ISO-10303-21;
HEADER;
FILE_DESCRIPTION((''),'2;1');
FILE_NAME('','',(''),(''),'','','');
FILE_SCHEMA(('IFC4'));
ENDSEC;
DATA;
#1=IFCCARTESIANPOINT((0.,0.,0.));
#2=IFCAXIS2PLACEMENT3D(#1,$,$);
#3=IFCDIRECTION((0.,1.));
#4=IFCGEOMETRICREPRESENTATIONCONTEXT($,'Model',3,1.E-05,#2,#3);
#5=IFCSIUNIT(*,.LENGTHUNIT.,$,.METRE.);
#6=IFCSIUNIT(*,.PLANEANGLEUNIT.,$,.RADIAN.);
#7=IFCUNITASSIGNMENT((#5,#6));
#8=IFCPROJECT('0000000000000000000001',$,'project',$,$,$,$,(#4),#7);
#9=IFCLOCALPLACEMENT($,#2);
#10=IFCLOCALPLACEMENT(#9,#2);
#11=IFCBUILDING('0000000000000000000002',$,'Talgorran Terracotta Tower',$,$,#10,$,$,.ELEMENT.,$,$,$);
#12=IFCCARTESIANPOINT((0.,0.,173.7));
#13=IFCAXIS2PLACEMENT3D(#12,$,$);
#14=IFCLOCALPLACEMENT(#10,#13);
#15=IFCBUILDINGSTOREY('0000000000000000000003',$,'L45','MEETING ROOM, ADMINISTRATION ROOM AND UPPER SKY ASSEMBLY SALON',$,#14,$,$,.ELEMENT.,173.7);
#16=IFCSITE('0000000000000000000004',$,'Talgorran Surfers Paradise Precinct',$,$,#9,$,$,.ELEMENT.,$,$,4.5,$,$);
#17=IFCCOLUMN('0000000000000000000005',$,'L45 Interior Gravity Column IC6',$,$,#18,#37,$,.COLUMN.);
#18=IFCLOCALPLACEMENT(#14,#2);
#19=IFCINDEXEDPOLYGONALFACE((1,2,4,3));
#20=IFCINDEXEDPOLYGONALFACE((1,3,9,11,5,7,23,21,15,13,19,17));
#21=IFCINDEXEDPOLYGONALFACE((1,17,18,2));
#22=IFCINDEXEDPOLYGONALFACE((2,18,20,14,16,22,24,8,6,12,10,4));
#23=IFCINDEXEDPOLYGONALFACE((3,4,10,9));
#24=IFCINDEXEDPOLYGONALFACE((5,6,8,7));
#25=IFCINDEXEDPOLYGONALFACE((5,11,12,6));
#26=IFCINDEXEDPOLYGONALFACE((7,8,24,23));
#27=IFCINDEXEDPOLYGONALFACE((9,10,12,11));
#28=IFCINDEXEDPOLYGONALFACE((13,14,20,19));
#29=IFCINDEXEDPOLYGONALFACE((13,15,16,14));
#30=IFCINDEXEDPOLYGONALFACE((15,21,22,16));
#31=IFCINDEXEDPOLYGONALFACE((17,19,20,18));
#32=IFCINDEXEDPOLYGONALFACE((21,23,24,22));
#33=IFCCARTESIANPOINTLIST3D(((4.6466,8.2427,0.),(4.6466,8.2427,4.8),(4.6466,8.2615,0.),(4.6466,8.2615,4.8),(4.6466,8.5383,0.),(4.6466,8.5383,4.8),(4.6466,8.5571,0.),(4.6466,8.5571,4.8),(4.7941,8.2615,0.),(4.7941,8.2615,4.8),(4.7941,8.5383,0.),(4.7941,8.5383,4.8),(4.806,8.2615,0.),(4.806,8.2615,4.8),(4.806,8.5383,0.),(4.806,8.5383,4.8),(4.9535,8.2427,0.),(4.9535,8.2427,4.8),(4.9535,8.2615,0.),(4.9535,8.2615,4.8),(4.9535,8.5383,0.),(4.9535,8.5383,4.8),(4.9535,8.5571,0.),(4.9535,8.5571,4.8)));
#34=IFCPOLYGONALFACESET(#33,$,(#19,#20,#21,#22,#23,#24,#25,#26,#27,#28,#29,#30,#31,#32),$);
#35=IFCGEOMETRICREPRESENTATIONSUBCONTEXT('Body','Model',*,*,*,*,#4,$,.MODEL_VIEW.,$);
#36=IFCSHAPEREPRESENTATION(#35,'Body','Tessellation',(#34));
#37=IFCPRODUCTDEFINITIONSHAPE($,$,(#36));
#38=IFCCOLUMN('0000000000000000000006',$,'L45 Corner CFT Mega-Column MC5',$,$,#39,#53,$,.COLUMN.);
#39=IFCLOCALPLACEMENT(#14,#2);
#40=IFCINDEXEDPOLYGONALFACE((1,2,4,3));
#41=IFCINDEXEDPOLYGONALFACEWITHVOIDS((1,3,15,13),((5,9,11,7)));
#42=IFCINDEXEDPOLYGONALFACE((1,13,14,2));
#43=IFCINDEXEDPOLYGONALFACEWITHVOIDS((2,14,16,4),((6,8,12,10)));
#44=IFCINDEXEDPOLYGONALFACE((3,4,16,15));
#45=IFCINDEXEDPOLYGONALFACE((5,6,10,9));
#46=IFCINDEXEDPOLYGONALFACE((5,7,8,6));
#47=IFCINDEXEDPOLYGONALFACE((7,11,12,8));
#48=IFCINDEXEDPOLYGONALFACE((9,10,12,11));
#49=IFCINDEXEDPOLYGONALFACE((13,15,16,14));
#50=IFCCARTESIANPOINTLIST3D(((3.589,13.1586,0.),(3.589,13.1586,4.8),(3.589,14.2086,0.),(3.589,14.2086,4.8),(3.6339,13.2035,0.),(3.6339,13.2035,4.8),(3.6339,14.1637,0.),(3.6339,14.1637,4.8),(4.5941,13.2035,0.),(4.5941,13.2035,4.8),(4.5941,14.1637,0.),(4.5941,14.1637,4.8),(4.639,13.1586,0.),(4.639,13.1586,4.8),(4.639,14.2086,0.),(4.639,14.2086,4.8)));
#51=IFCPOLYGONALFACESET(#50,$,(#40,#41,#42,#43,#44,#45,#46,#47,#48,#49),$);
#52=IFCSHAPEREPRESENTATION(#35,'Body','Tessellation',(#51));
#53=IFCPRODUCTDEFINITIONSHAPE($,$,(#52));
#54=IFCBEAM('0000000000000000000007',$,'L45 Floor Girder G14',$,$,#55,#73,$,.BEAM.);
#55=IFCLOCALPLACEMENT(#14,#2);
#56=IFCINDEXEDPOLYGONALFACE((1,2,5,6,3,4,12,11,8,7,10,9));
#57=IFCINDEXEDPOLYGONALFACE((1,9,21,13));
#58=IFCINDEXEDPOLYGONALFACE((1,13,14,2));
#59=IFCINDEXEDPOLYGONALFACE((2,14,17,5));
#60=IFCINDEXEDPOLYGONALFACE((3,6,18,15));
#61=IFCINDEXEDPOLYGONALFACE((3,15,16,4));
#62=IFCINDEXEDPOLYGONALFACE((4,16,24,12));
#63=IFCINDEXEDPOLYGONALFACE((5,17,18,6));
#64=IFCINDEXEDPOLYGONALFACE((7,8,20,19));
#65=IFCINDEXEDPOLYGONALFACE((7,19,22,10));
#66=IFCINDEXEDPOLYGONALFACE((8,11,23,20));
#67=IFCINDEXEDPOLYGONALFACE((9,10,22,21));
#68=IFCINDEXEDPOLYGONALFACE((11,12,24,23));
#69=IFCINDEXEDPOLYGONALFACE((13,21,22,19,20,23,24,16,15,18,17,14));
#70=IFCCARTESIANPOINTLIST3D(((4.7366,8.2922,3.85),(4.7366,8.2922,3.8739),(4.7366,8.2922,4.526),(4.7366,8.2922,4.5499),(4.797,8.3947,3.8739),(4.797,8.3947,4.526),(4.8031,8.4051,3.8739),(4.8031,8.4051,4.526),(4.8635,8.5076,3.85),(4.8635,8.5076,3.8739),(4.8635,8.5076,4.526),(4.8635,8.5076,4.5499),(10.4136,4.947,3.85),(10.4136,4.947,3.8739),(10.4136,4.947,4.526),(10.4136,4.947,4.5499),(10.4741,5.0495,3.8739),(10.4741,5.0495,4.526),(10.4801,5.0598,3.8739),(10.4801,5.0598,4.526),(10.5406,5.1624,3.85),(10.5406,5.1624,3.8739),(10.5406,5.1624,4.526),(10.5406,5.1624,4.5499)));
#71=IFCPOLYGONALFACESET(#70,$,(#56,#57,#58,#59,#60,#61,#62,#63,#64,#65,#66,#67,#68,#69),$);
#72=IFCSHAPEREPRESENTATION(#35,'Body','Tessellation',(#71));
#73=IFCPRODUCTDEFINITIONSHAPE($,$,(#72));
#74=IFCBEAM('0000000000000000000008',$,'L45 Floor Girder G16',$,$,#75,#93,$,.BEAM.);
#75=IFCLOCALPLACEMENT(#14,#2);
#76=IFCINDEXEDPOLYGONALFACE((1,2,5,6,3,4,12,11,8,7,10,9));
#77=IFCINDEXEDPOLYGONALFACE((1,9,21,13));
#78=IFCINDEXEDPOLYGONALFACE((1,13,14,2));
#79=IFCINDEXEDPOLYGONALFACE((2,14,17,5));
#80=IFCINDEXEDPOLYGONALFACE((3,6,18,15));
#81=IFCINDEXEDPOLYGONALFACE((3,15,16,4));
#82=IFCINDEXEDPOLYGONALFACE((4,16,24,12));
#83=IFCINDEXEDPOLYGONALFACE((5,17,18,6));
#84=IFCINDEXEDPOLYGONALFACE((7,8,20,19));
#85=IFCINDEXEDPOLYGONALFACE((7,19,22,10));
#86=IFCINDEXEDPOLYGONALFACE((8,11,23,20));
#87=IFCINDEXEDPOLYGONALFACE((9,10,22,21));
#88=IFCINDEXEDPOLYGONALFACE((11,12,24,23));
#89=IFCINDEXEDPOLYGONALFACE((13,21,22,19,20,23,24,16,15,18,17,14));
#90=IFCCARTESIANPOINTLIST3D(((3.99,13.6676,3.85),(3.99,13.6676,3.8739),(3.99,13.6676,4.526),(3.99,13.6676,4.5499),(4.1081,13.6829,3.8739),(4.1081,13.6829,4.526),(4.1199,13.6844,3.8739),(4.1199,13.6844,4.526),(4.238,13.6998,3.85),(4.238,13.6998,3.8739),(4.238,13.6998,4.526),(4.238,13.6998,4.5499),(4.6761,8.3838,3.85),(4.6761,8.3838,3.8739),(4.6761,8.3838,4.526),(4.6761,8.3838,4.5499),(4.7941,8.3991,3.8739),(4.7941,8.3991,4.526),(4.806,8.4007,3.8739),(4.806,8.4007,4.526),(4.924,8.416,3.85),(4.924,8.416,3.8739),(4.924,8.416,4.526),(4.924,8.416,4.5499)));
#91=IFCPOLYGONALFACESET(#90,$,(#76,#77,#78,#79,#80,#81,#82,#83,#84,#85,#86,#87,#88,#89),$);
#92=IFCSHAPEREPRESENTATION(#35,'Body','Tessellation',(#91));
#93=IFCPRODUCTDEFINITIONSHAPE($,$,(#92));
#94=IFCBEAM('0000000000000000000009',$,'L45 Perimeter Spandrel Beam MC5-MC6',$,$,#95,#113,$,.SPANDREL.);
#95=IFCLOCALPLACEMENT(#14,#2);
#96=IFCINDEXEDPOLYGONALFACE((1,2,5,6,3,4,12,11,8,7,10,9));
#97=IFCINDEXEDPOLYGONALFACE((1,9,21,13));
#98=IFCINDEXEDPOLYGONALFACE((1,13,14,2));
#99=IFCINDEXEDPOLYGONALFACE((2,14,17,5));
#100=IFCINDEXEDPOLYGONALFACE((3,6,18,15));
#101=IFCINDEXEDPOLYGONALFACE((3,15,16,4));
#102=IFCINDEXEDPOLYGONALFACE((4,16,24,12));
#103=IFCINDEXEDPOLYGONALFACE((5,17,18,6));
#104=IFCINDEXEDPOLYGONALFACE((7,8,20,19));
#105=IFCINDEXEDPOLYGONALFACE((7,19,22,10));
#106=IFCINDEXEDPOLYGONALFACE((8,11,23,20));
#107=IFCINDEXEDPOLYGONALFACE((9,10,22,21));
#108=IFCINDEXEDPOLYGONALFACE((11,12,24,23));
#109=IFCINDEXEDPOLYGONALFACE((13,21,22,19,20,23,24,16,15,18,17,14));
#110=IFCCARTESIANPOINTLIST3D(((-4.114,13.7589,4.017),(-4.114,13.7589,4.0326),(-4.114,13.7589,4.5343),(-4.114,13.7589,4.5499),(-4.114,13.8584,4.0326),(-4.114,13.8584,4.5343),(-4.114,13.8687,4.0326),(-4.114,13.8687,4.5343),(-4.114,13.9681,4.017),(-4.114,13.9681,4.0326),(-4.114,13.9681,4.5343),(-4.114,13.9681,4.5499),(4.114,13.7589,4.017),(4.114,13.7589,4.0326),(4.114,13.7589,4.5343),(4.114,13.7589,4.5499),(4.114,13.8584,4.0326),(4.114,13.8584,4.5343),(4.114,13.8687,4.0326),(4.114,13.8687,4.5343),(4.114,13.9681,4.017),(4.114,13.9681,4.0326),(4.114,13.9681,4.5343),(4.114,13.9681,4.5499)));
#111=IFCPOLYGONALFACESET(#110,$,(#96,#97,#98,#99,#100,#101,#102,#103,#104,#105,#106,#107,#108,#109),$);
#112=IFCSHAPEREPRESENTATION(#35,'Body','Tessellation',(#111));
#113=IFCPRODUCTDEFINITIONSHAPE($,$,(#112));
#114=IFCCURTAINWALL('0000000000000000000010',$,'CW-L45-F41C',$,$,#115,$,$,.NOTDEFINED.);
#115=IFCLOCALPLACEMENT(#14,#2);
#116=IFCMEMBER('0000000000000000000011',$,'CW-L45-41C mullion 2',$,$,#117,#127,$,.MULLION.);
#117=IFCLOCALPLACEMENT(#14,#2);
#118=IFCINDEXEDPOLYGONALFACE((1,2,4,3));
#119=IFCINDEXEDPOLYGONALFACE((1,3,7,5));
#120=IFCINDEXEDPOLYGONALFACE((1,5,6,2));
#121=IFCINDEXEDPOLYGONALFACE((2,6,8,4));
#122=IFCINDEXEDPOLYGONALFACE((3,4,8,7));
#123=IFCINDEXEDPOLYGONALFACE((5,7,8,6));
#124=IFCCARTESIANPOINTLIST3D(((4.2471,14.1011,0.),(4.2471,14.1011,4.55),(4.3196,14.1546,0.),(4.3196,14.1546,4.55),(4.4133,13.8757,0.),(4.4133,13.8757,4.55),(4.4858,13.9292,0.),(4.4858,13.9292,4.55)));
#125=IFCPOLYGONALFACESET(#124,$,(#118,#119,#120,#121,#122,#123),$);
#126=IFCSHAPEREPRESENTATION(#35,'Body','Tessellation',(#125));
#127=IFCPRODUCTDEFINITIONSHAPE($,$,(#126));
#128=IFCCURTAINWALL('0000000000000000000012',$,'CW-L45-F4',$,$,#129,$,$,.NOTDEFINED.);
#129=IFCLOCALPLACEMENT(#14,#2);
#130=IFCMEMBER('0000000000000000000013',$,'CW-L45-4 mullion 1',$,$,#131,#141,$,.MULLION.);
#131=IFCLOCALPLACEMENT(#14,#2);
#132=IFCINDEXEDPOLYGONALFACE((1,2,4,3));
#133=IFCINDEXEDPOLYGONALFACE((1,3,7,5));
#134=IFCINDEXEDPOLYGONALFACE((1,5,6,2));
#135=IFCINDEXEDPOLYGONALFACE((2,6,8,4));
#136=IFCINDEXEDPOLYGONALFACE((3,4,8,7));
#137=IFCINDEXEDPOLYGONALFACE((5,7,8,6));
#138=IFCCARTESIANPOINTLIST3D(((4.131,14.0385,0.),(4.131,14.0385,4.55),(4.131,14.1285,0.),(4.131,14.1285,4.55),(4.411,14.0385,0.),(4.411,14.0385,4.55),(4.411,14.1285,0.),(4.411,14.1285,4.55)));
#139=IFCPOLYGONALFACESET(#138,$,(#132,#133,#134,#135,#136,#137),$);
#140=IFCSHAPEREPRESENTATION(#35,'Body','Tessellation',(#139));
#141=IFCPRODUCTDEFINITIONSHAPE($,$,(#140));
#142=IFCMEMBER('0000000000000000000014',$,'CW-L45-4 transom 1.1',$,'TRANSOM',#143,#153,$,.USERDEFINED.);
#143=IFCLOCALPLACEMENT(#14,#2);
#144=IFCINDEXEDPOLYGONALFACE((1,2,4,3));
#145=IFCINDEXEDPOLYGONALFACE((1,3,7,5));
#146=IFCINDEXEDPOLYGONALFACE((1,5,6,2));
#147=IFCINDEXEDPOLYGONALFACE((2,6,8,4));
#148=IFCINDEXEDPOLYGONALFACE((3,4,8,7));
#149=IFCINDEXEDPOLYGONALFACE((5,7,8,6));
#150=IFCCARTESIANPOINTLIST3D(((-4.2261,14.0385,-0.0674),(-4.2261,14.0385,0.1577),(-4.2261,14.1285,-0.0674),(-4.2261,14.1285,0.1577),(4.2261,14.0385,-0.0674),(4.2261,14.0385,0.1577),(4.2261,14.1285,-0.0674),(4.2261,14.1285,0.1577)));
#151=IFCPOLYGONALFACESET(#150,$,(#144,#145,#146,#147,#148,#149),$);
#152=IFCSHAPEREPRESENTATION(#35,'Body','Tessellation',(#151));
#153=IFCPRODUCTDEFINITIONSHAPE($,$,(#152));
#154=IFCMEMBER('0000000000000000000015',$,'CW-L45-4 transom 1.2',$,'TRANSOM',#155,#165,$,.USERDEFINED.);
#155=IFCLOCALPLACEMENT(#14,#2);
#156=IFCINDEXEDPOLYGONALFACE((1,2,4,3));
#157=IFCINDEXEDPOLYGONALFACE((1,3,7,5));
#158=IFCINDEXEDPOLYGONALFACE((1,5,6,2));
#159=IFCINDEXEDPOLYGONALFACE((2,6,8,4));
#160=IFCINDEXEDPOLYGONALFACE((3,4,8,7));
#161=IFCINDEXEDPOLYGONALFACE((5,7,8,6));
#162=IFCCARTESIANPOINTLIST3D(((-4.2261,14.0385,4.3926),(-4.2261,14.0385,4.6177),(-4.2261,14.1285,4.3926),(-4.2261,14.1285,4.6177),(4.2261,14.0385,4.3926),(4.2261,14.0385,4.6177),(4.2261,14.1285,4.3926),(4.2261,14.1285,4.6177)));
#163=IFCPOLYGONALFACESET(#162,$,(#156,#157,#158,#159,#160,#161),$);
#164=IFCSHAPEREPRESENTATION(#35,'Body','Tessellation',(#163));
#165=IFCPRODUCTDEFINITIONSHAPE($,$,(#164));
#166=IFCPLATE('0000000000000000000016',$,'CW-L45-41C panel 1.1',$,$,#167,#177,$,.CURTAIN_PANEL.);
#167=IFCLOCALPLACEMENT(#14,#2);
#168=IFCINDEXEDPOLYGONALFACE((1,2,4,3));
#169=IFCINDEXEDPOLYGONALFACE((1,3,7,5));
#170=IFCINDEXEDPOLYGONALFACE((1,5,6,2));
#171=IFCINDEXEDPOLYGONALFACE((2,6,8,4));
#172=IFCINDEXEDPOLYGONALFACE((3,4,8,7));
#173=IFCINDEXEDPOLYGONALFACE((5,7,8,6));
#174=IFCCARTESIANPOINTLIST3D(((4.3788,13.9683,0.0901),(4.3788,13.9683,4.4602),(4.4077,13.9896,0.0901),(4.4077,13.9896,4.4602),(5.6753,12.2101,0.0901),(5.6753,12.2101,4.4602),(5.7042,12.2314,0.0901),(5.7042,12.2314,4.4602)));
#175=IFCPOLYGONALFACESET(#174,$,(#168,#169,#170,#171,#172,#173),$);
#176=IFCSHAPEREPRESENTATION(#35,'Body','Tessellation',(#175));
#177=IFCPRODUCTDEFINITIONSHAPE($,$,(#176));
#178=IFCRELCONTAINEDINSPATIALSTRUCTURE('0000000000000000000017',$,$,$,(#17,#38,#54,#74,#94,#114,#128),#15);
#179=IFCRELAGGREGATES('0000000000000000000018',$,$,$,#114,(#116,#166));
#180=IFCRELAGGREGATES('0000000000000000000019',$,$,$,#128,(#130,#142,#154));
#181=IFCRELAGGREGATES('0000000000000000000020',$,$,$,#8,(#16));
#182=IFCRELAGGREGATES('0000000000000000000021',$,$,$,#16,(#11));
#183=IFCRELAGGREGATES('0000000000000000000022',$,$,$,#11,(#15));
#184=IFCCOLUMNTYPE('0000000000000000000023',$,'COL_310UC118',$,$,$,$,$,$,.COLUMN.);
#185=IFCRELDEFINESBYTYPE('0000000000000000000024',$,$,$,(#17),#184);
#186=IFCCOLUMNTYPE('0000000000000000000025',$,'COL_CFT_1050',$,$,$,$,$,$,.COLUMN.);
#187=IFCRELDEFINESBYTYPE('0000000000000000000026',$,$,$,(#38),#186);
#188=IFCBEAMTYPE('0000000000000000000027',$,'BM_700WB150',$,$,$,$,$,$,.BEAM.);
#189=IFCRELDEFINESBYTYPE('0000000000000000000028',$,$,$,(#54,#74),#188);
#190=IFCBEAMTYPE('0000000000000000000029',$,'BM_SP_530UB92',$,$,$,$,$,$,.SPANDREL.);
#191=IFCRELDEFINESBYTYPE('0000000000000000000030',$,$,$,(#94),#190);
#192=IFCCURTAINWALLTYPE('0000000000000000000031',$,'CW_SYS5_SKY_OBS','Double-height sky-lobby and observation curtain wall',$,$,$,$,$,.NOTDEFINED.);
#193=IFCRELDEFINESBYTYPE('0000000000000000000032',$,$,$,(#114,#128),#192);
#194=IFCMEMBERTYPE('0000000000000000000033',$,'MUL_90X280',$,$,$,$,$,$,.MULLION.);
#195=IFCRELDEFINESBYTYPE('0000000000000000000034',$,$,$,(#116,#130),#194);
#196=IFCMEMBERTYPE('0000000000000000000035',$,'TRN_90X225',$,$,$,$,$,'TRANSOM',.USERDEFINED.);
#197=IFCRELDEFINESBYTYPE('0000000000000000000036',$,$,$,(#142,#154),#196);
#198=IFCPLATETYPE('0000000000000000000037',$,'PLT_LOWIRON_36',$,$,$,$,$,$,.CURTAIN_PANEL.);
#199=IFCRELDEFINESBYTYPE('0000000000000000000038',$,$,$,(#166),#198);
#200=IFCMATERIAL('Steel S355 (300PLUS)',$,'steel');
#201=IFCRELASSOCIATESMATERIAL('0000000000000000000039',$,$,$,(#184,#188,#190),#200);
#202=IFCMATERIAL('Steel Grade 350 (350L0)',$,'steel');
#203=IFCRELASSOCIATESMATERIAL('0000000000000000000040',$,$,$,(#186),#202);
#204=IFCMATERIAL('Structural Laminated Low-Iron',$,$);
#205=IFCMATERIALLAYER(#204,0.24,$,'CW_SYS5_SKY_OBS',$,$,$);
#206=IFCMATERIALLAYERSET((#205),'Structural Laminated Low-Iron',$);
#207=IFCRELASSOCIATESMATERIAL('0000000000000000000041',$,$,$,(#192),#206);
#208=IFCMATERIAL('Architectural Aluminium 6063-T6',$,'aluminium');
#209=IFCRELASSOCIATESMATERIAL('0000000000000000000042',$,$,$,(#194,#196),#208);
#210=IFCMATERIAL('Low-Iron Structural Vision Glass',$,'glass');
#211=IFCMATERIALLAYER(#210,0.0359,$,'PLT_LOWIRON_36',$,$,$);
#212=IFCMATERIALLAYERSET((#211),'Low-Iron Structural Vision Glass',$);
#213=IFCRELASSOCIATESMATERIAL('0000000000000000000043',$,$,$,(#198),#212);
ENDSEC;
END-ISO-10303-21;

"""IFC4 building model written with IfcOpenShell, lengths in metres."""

from ifc_helpers import new_model, si_unit, direction, frame, origin, origin_2d, place, context, subcontext, project, spatial, rectangle, hollow_rectangle, i_section, extrude, source, transform, mapped, material, layer, layer_set, material_profile, profile_set, type_object, element, aggregate, save


model = new_model("IFC4")

# Units and contexts
model_context = context("Model", 3, precision=1e-05, world=origin(), true_north=direction((0.0, 1.0)))
body_context = subcontext(model_context, "Body", "Model", "MODEL_VIEW")
ifc_project = project(units=[si_unit("LENGTHUNIT", "METRE"), si_unit("PLANEANGLEUNIT", "RADIAN")], contexts=[model_context])

# Site, building, storey
site_placement = place(None, origin())
site = spatial("IfcSite", under=ifc_project, at=site_placement, Name="Talgorran Surfers Paradise Precinct", CompositionType="ELEMENT", RefElevation=4.5)
building_placement = place(site_placement, origin())
building = spatial("IfcBuilding", under=site, at=building_placement, Name="Talgorran Terracotta Tower", CompositionType="ELEMENT")
storey_placement = place(building_placement, frame((0.0, 0.0, 173.7)))
storey = spatial("IfcBuildingStorey", under=building, at=storey_placement, Name="L45", Description="MEETING ROOM, ADMINISTRATION ROOM AND UPPER SKY ASSEMBLY SALON", CompositionType="ELEMENT", Elevation=173.7)

# Columns
ifc_material_1 = material(Name="Steel S355 (300PLUS)", Category="steel")
ifc_material_profile_1 = material_profile(ifc_material_1, i_section(OverallWidth=0.3069, OverallDepth=0.3145, WebThickness=0.012, FlangeThickness=0.0188, at=origin_2d()), Name="310UC118")
ifc_profile_set_1 = profile_set([ifc_material_profile_1], Name="Steel S355 (300PLUS)")
column_type_1 = type_object("IfcColumnType", Name="COL_310UC118", PredefinedType="COLUMN", material=ifc_profile_set_1)
column_1_placement = place(storey_placement, frame((4.8, 8.3999, 0.0), z_axis=(0.0, 0.0, 1.0), x_axis=(1.0, 0.0, 0.0)))
element("IfcColumn", 1, at=column_1_placement, inside=storey, type_object=column_type_1, Name="L45 Interior Gravity Column IC6", PredefinedType="COLUMN", context=body_context, shape_type="SweptSolid", body=[
    extrude(i_section(OverallWidth=0.3069, OverallDepth=0.3145, WebThickness=0.012, FlangeThickness=0.0188, at=origin_2d()), origin(), (0.0, 0.0, 1.0), 4.8),
])
ifc_material_2 = material(Name="Steel Grade 350 (350L0)", Category="steel")
ifc_material_profile_2 = material_profile(ifc_material_2, hollow_rectangle(XDim=1.05, YDim=1.05, WallThickness=0.0449, at=origin_2d()), Name="CFT1050X1050X45")
ifc_profile_set_2 = profile_set([ifc_material_profile_2], Name="Steel Grade 350 (350L0)")
column_type_2 = type_object("IfcColumnType", Name="COL_CFT_1050", PredefinedType="COLUMN", material=ifc_profile_set_2)
column_2_placement = place(storey_placement, frame((4.114, 13.6836, 0.0), z_axis=(0.0, 0.0, 1.0), x_axis=(1.0, 0.0, 0.0)))
element("IfcColumn", 2, at=column_2_placement, inside=storey, type_object=column_type_2, Name="L45 Corner CFT Mega-Column MC5", PredefinedType="COLUMN", context=body_context, shape_type="SweptSolid", body=[
    extrude(hollow_rectangle(XDim=1.05, YDim=1.05, WallThickness=0.0449, at=origin_2d()), origin(), (0.0, 0.0, 1.0), 4.8),
])

# Beams
ifc_material_profile_3 = material_profile(ifc_material_1, i_section(OverallWidth=0.25, OverallDepth=0.7, WebThickness=0.012, FlangeThickness=0.0239, at=origin_2d()), Name="700WB150")
ifc_profile_set_3 = profile_set([ifc_material_profile_3], Name="Steel S355 (300PLUS)")
beam_type_1 = type_object("IfcBeamType", Name="BM_700WB150", PredefinedType="BEAM", material=ifc_profile_set_3)
beam_1_placement = place(storey_placement, frame((4.8, 8.3999, 4.2), z_axis=(0.861549, -0.507674, 0.0), x_axis=(0.507674, 0.861549, 0.0)))
element("IfcBeam", 3, at=beam_1_placement, inside=storey, type_object=beam_type_1, Name="L45 Floor Girder G14", PredefinedType="BEAM", context=body_context, shape_type="SweptSolid", body=[
    extrude(i_section(OverallWidth=0.25, OverallDepth=0.7, WebThickness=0.012, FlangeThickness=0.0239, at=origin_2d()), origin(), (0.0, 0.0, 1.0), 6.5894),
])
beam_2_placement = place(storey_placement, frame((4.8, 8.3999, 4.2), z_axis=(-0.128759, 0.991676, 0.0), x_axis=(-0.991676, -0.128759, 0.0)))
element("IfcBeam", 4, at=beam_2_placement, inside=storey, type_object=beam_type_1, Name="L45 Floor Girder G16", PredefinedType="BEAM", context=body_context, shape_type="SweptSolid", body=[
    extrude(i_section(OverallWidth=0.25, OverallDepth=0.7, WebThickness=0.012, FlangeThickness=0.0239, at=origin_2d()), origin(), (0.0, 0.0, 1.0), 5.3281),
])
ifc_material_profile_4 = material_profile(ifc_material_1, i_section(OverallWidth=0.2092, OverallDepth=0.533, WebThickness=0.0103, FlangeThickness=0.0156, at=origin_2d()), Name="530UB92.4")
ifc_profile_set_4 = profile_set([ifc_material_profile_4], Name="Steel S355 (300PLUS)")
beam_type_2 = type_object("IfcBeamType", Name="BM_SP_530UB92", PredefinedType="SPANDREL", material=ifc_profile_set_4)
beam_3_placement = place(storey_placement, frame((4.114, 13.8635, 4.2834), z_axis=(-1.0, 0.0, 0.0), x_axis=(0.0, -1.0, 0.0)))
element("IfcBeam", 5, at=beam_3_placement, inside=storey, type_object=beam_type_2, Name="L45 Perimeter Spandrel Beam MC5-MC6", PredefinedType="SPANDREL", context=body_context, shape_type="SweptSolid", body=[
    extrude(i_section(OverallWidth=0.2092, OverallDepth=0.533, WebThickness=0.0103, FlangeThickness=0.0156, at=origin_2d()), origin(), (0.0, 0.0, 1.0), 8.228),
])

# Curtain wall, member
ifc_material_3 = material(Name="Structural Laminated Low-Iron")
ifc_layer_1 = layer(ifc_material_3, 0.24, Name="CW_SYS5_SKY_OBS")
ifc_layer_set_1 = layer_set([ifc_layer_1], Name="Structural Laminated Low-Iron")
curtain_wall_type = type_object("IfcCurtainWallType", Name="CW_SYS5_SKY_OBS", Description="Double-height sky-lobby and observation curtain wall", PredefinedType="NOTDEFINED", material=ifc_layer_set_1)
curtain_wall_1_placement = place(storey_placement, origin())
curtain_wall_1 = element("IfcCurtainWall", 6, at=curtain_wall_1_placement, inside=storey, type_object=curtain_wall_type, Name="CW-L45-F41C", PredefinedType="NOTDEFINED")
ifc_material_4 = material(Name="Architectural Aluminium 6063-T6", Category="aluminium")
ifc_material_profile_5 = material_profile(ifc_material_4, rectangle(XDim=0.0901, YDim=0.28, at=origin_2d()), Name="CWM90X280")
ifc_profile_set_5 = profile_set([ifc_material_profile_5], Name="Architectural Aluminium 6063-T6")
member_type_1 = type_object("IfcMemberType", Name="MUL_90X280", PredefinedType="MULLION", material=ifc_profile_set_5)
member_1_placement = place(storey_placement, frame((4.3665, 14.0151, 0.0), z_axis=(0.0, 0.0, 1.0), x_axis=(-0.804836, -0.593498, 0.0)))
member_1 = element("IfcMember", 7, at=member_1_placement, type_object=member_type_1, Name="CW-L45-41C mullion 2", PredefinedType="MULLION", context=body_context, shape_type="SweptSolid", body=[
    extrude(rectangle(XDim=0.0901, YDim=0.28, at=origin_2d()), origin(), (0.0, 0.0, 1.0), 4.55),
])

# Curtain wall, members
curtain_wall_2_placement = place(storey_placement, origin())
curtain_wall_2 = element("IfcCurtainWall", 8, at=curtain_wall_2_placement, inside=storey, type_object=curtain_wall_type, Name="CW-L45-F4", PredefinedType="NOTDEFINED")
member_2_placement = place(storey_placement, frame((4.271, 14.0835, 0.0), z_axis=(0.0, 0.0, 1.0), x_axis=(0.0, -1.0, 0.0)))
member_2 = element("IfcMember", 9, at=member_2_placement, type_object=member_type_1, Name="CW-L45-4 mullion 1", PredefinedType="MULLION", context=body_context, shape_type="SweptSolid", body=[
    extrude(rectangle(XDim=0.0901, YDim=0.28, at=origin_2d()), origin(), (0.0, 0.0, 1.0), 4.55),
])
ifc_material_profile_6 = material_profile(ifc_material_4, rectangle(XDim=0.0901, YDim=0.2251, at=origin_2d()), Name="CWT90X225")
ifc_profile_set_6 = profile_set([ifc_material_profile_6], Name="Architectural Aluminium 6063-T6")
member_type_2 = type_object("IfcMemberType", Name="TRN_90X225", ElementType="TRANSOM", PredefinedType="USERDEFINED", material=ifc_profile_set_6)
member_3_placement = place(storey_placement, frame((4.2261, 14.0835, 0.0452), z_axis=(-1.0, 0.0, 0.0), x_axis=(0.0, -1.0, 0.0)))
member_3 = element("IfcMember", 10, at=member_3_placement, type_object=member_type_2, Name="CW-L45-4 transom 1.1", ObjectType="TRANSOM", PredefinedType="USERDEFINED", context=body_context, shape_type="SweptSolid", body=[
    extrude(rectangle(XDim=0.0901, YDim=0.2251, at=origin_2d()), origin(), (0.0, 0.0, 1.0), 8.4521),
])
member_4_placement = place(storey_placement, frame((4.2261, 14.0835, 4.5051), z_axis=(-1.0, 0.0, 0.0), x_axis=(0.0, -1.0, 0.0)))
member_4 = element("IfcMember", 11, at=member_4_placement, type_object=member_type_2, Name="CW-L45-4 transom 1.2", ObjectType="TRANSOM", PredefinedType="USERDEFINED", context=body_context, shape_type="SweptSolid", body=[
    extrude(rectangle(XDim=0.0901, YDim=0.2251, at=origin_2d()), origin(), (0.0, 0.0, 1.0), 8.4521),
])

# Plate
ifc_material_5 = material(Name="Low-Iron Structural Vision Glass", Category="glass")
ifc_layer_2 = layer(ifc_material_5, 0.0359, Name="PLT_LOWIRON_36")
ifc_layer_set_2 = layer_set([ifc_layer_2], Name="Low-Iron Structural Vision Glass")
plate_type = type_object("IfcPlateType", Name="PLT_LOWIRON_36", PredefinedType="CURTAIN_PANEL", material=ifc_layer_set_2)
shared_shape_1 = source(origin(), body_context, "Body", "SweptSolid", [
    extrude(rectangle(XDim=2.1846, YDim=0.0359, at=origin_2d()), origin(), (0.0, 0.0, 1.0), 4.3701),
])
plate_1_placement = place(storey_placement, frame((5.0415, 13.0999, 0.0901), z_axis=(0.0, 0.0, 1.0), x_axis=(-0.593498, 0.804836, 0.0)))
plate_1 = element("IfcPlate", 12, at=plate_1_placement, type_object=plate_type, Name="CW-L45-41C panel 1.1", PredefinedType="CURTAIN_PANEL", context=body_context, shape_type="MappedRepresentation", body=[
    mapped(shared_shape_1, transform((0.0, 0.0, 0.0), scale=1.0)),
])
aggregate(curtain_wall_1, [member_1, plate_1])
aggregate(curtain_wall_2, [member_2, member_3, member_4])

save(model, "model.ifc")
